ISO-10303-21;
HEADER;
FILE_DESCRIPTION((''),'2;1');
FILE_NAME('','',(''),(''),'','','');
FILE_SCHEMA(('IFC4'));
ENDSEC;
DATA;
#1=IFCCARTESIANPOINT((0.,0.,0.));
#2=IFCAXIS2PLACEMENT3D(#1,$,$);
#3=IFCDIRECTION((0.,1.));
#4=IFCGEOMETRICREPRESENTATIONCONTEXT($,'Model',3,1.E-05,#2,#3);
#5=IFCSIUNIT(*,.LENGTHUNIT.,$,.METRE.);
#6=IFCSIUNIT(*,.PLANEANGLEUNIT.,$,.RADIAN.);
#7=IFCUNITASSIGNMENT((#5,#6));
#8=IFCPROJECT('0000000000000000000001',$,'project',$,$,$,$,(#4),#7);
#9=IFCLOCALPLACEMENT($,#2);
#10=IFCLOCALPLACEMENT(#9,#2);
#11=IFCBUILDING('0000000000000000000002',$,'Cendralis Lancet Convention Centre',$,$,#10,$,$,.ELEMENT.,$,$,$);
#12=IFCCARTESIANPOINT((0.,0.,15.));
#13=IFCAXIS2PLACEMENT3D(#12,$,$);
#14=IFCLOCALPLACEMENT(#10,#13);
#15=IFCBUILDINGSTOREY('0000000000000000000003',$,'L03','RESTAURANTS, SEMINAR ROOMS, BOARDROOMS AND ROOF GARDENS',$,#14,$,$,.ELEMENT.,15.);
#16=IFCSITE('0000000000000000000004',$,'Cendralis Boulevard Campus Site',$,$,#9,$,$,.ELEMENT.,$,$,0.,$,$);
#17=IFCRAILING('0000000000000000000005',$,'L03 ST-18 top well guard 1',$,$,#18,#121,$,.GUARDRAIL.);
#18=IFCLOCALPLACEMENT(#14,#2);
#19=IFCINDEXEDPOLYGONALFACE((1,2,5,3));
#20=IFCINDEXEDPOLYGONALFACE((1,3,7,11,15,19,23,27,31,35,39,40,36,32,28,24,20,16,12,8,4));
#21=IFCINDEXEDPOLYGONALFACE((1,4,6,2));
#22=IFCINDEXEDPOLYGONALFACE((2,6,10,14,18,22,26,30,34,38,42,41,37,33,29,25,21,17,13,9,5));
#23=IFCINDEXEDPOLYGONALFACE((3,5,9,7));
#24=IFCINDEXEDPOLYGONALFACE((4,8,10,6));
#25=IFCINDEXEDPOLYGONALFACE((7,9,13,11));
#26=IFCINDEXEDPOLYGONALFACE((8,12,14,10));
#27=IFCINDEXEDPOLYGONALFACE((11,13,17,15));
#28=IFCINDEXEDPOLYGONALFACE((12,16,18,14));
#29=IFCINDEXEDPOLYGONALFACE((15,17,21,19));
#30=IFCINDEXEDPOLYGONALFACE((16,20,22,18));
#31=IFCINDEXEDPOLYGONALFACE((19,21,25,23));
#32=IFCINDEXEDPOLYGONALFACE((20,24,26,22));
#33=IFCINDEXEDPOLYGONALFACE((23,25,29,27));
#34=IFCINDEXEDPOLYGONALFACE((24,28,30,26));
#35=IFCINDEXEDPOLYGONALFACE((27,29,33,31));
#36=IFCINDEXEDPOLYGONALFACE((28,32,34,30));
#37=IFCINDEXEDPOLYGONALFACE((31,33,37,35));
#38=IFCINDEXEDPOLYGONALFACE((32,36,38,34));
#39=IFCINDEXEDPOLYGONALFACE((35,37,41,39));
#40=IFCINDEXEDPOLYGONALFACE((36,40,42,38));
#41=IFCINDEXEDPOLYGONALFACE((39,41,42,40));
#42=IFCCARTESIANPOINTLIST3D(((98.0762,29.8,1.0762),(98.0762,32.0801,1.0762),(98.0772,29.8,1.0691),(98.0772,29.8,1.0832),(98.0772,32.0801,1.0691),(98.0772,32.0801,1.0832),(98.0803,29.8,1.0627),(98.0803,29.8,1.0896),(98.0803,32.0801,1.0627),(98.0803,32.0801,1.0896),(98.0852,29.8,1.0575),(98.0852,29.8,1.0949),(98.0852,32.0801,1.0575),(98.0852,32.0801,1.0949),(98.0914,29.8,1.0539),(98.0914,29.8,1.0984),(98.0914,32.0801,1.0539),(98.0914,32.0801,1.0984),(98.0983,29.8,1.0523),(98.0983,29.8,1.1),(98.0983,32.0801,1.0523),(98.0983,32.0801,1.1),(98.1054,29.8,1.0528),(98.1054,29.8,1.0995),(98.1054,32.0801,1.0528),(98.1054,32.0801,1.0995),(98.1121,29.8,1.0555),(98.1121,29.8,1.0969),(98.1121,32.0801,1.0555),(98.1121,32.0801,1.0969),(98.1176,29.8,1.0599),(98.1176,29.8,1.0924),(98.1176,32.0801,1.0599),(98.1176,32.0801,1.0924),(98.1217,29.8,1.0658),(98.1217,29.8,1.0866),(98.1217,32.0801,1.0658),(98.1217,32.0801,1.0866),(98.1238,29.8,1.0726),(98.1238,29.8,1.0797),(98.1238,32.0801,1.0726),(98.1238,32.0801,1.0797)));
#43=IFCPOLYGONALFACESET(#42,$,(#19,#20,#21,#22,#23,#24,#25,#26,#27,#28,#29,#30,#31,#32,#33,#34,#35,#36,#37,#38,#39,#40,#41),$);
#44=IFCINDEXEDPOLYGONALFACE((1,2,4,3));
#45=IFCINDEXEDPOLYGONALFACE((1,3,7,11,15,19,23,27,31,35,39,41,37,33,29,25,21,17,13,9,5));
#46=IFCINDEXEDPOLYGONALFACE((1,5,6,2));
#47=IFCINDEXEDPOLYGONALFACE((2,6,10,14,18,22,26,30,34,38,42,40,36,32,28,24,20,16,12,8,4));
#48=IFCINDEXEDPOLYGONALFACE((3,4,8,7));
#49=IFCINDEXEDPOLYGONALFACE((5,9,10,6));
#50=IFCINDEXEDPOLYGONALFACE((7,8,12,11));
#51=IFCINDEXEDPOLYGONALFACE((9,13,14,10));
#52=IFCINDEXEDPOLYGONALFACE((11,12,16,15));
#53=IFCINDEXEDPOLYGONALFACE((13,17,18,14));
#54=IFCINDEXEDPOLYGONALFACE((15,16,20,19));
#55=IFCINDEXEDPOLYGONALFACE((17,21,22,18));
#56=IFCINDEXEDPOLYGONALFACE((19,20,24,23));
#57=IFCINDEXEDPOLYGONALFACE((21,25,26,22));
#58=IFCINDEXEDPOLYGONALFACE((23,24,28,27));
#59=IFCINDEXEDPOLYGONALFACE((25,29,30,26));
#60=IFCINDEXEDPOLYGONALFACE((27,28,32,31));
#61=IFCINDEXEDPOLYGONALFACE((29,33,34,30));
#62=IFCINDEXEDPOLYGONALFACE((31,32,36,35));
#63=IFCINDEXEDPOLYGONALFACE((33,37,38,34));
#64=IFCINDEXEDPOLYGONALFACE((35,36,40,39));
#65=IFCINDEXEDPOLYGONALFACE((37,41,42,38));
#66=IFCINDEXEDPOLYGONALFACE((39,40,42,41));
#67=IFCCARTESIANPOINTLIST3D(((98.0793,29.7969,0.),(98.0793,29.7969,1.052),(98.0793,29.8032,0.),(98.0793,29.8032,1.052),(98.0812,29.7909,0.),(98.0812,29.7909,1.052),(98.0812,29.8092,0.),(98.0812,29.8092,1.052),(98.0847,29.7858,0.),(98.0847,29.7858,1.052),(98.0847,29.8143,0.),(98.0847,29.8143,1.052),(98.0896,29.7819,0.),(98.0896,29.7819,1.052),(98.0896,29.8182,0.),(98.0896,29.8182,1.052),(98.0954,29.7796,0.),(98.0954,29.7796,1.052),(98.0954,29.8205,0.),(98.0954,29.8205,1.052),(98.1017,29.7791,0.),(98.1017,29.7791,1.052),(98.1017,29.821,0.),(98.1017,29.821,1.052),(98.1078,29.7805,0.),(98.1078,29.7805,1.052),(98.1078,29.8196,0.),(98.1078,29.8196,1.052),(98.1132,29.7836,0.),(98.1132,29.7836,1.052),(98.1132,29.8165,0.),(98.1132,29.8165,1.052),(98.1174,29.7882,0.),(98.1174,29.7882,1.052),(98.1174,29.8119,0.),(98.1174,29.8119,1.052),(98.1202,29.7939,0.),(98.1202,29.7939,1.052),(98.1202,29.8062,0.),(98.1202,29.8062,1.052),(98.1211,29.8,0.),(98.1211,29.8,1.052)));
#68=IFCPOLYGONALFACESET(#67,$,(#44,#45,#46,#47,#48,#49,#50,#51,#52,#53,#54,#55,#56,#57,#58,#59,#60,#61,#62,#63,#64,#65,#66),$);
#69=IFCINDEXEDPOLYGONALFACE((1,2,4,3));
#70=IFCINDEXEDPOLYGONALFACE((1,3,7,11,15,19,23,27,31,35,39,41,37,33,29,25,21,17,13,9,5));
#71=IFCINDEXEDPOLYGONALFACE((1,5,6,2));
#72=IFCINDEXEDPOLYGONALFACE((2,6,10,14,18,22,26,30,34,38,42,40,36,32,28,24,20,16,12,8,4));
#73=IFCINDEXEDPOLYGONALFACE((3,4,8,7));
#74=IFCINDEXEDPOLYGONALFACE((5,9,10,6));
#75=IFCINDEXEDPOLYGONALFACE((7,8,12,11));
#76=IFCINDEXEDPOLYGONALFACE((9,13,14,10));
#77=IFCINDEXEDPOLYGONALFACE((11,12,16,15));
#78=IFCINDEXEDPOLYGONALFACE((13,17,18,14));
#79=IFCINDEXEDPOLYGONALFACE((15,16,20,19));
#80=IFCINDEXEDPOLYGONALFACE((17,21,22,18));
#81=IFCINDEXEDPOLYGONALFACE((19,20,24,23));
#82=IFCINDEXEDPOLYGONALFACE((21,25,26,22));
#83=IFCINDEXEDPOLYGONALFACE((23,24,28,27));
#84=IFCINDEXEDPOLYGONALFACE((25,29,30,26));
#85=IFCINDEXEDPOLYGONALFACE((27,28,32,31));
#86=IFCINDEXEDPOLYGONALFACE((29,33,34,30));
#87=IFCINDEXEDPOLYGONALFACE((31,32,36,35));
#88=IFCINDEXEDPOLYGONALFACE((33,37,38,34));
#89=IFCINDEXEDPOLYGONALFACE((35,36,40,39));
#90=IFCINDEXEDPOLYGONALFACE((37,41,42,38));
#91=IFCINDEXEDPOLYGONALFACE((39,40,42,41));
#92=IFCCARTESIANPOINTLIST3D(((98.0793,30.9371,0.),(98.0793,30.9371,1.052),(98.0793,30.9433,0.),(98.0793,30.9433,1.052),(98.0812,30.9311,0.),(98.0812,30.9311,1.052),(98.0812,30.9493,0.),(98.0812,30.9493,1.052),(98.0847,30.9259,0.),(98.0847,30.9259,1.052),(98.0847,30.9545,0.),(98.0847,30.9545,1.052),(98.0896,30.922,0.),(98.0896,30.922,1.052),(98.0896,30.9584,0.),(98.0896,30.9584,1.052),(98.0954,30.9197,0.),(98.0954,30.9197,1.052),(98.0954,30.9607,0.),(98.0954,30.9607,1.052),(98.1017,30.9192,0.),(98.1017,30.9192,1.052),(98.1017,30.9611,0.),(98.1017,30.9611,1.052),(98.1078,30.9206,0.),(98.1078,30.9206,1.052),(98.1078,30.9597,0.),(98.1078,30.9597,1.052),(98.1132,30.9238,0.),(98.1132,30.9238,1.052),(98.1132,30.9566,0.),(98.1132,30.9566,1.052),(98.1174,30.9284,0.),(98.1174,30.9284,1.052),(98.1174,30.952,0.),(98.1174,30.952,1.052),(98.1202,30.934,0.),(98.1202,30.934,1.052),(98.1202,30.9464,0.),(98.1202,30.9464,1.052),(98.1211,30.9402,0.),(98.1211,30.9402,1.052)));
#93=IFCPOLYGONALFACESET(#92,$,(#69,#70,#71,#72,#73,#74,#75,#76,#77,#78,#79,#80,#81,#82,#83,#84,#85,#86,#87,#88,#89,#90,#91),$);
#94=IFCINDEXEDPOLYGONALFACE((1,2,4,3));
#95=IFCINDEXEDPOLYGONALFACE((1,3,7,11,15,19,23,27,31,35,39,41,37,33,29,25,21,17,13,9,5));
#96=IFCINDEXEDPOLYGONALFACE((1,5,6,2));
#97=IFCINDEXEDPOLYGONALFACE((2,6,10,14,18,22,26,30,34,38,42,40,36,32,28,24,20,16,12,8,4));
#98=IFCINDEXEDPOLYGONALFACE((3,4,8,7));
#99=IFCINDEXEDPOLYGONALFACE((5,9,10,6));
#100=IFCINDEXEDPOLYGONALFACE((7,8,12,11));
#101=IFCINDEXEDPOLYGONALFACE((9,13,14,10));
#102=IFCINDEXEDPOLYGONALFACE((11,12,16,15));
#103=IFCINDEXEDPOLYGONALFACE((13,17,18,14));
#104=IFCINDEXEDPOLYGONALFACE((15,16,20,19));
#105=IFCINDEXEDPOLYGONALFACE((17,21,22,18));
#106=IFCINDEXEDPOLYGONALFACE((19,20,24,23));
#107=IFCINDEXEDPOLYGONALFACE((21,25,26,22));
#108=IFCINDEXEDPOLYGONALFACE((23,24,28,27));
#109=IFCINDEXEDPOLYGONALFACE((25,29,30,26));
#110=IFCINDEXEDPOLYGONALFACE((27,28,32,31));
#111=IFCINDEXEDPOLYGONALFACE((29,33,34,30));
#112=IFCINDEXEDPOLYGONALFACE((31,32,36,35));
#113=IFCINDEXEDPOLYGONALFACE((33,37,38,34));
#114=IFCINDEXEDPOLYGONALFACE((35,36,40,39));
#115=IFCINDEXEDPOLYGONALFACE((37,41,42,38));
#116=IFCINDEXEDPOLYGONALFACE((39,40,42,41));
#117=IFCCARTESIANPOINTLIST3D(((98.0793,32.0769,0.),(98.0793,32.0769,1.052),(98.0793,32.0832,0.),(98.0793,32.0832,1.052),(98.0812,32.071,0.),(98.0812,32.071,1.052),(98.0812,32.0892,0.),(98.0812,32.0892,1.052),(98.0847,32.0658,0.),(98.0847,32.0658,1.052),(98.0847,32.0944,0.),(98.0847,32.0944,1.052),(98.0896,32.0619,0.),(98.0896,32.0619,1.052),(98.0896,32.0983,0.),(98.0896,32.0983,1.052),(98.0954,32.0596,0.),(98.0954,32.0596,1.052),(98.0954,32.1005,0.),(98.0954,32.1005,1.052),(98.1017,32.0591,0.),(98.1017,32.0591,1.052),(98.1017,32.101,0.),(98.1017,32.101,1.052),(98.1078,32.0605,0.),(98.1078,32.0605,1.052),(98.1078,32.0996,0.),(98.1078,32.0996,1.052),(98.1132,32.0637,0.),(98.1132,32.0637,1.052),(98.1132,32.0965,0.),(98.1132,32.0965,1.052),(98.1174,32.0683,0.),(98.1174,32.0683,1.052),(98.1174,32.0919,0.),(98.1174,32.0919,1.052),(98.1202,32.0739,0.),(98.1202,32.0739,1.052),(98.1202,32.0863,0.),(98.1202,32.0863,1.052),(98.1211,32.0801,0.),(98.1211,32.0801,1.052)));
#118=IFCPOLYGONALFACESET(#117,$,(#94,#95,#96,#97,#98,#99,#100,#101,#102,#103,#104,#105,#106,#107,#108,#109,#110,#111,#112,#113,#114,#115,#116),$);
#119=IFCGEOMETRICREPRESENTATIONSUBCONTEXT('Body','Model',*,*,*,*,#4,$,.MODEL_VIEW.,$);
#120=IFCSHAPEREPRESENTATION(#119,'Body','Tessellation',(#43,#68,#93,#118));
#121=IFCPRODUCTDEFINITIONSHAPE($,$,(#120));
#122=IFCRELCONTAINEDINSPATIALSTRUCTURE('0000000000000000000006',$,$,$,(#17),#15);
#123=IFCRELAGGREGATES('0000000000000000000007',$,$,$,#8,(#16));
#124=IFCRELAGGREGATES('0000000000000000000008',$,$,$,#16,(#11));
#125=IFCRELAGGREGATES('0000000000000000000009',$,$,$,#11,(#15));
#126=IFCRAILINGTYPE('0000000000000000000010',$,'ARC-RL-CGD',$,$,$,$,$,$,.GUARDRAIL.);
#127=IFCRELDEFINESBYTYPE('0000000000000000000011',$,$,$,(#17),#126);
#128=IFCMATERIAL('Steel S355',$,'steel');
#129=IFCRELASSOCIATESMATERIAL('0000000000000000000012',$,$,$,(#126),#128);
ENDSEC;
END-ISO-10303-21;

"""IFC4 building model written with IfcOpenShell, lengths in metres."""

from ifc_helpers import new_model, si_unit, direction, frame, origin, origin_2d, place, context, subcontext, project, spatial, circle, extrude, material, type_object, element, save


model = new_model("IFC4")

# Units and contexts
model_context = context("Model", 3, precision=1e-05, world=origin(), true_north=direction((0.0, 1.0)))
body_context = subcontext(model_context, "Body", "Model", "MODEL_VIEW")
ifc_project = project(units=[si_unit("LENGTHUNIT", "METRE"), si_unit("PLANEANGLEUNIT", "RADIAN")], contexts=[model_context])

# Site, building, storey
site_placement = place(None, origin())
site = spatial("IfcSite", under=ifc_project, at=site_placement, Name="Cendralis Boulevard Campus Site", CompositionType="ELEMENT", RefElevation=0.0)
building_placement = place(site_placement, origin())
building = spatial("IfcBuilding", under=site, at=building_placement, Name="Cendralis Lancet Convention Centre", CompositionType="ELEMENT")
storey_placement = place(building_placement, frame((0.0, 0.0, 15.0)))
storey = spatial("IfcBuildingStorey", under=building, at=storey_placement, Name="L03", Description="RESTAURANTS, SEMINAR ROOMS, BOARDROOMS AND ROOF GARDENS", CompositionType="ELEMENT", Elevation=15.0)

# Shared definitions
ifc_material_1 = material(Name="Steel S355", Category="steel")

# Railing
railing_type = type_object("IfcRailingType", Name="ARC-RL-CGD", PredefinedType="GUARDRAIL", material=ifc_material_1)
railing_placement = place(storey_placement, frame((98.1001, 29.8, 0.0)))
element("IfcRailing", 1, at=railing_placement, inside=storey, type_object=railing_type, Name="L03 ST-18 top well guard 1", PredefinedType="GUARDRAIL", context=body_context, shape_type="SweptSolid", body=[
    extrude(circle(Radius=0.0239, at=origin_2d()), frame((0.0, 0.0, 1.0762), z_axis=(0.0, 1.0, 0.0), x_axis=(-1.0, 0.0, 0.0)), (0.0, 0.0, 1.0), 2.28),
    extrude(circle(Radius=0.021, at=origin_2d()), origin(), (0.0, 0.0, 1.0), 1.052),
    extrude(circle(Radius=0.021, at=origin_2d()), frame((0.0, 1.1401, 0.0)), (0.0, 0.0, 1.0), 1.052),
    extrude(circle(Radius=0.021, at=origin_2d()), frame((0.0, 2.28, 0.0)), (0.0, 0.0, 1.0), 1.052),
])

save(model, "model.ifc")
